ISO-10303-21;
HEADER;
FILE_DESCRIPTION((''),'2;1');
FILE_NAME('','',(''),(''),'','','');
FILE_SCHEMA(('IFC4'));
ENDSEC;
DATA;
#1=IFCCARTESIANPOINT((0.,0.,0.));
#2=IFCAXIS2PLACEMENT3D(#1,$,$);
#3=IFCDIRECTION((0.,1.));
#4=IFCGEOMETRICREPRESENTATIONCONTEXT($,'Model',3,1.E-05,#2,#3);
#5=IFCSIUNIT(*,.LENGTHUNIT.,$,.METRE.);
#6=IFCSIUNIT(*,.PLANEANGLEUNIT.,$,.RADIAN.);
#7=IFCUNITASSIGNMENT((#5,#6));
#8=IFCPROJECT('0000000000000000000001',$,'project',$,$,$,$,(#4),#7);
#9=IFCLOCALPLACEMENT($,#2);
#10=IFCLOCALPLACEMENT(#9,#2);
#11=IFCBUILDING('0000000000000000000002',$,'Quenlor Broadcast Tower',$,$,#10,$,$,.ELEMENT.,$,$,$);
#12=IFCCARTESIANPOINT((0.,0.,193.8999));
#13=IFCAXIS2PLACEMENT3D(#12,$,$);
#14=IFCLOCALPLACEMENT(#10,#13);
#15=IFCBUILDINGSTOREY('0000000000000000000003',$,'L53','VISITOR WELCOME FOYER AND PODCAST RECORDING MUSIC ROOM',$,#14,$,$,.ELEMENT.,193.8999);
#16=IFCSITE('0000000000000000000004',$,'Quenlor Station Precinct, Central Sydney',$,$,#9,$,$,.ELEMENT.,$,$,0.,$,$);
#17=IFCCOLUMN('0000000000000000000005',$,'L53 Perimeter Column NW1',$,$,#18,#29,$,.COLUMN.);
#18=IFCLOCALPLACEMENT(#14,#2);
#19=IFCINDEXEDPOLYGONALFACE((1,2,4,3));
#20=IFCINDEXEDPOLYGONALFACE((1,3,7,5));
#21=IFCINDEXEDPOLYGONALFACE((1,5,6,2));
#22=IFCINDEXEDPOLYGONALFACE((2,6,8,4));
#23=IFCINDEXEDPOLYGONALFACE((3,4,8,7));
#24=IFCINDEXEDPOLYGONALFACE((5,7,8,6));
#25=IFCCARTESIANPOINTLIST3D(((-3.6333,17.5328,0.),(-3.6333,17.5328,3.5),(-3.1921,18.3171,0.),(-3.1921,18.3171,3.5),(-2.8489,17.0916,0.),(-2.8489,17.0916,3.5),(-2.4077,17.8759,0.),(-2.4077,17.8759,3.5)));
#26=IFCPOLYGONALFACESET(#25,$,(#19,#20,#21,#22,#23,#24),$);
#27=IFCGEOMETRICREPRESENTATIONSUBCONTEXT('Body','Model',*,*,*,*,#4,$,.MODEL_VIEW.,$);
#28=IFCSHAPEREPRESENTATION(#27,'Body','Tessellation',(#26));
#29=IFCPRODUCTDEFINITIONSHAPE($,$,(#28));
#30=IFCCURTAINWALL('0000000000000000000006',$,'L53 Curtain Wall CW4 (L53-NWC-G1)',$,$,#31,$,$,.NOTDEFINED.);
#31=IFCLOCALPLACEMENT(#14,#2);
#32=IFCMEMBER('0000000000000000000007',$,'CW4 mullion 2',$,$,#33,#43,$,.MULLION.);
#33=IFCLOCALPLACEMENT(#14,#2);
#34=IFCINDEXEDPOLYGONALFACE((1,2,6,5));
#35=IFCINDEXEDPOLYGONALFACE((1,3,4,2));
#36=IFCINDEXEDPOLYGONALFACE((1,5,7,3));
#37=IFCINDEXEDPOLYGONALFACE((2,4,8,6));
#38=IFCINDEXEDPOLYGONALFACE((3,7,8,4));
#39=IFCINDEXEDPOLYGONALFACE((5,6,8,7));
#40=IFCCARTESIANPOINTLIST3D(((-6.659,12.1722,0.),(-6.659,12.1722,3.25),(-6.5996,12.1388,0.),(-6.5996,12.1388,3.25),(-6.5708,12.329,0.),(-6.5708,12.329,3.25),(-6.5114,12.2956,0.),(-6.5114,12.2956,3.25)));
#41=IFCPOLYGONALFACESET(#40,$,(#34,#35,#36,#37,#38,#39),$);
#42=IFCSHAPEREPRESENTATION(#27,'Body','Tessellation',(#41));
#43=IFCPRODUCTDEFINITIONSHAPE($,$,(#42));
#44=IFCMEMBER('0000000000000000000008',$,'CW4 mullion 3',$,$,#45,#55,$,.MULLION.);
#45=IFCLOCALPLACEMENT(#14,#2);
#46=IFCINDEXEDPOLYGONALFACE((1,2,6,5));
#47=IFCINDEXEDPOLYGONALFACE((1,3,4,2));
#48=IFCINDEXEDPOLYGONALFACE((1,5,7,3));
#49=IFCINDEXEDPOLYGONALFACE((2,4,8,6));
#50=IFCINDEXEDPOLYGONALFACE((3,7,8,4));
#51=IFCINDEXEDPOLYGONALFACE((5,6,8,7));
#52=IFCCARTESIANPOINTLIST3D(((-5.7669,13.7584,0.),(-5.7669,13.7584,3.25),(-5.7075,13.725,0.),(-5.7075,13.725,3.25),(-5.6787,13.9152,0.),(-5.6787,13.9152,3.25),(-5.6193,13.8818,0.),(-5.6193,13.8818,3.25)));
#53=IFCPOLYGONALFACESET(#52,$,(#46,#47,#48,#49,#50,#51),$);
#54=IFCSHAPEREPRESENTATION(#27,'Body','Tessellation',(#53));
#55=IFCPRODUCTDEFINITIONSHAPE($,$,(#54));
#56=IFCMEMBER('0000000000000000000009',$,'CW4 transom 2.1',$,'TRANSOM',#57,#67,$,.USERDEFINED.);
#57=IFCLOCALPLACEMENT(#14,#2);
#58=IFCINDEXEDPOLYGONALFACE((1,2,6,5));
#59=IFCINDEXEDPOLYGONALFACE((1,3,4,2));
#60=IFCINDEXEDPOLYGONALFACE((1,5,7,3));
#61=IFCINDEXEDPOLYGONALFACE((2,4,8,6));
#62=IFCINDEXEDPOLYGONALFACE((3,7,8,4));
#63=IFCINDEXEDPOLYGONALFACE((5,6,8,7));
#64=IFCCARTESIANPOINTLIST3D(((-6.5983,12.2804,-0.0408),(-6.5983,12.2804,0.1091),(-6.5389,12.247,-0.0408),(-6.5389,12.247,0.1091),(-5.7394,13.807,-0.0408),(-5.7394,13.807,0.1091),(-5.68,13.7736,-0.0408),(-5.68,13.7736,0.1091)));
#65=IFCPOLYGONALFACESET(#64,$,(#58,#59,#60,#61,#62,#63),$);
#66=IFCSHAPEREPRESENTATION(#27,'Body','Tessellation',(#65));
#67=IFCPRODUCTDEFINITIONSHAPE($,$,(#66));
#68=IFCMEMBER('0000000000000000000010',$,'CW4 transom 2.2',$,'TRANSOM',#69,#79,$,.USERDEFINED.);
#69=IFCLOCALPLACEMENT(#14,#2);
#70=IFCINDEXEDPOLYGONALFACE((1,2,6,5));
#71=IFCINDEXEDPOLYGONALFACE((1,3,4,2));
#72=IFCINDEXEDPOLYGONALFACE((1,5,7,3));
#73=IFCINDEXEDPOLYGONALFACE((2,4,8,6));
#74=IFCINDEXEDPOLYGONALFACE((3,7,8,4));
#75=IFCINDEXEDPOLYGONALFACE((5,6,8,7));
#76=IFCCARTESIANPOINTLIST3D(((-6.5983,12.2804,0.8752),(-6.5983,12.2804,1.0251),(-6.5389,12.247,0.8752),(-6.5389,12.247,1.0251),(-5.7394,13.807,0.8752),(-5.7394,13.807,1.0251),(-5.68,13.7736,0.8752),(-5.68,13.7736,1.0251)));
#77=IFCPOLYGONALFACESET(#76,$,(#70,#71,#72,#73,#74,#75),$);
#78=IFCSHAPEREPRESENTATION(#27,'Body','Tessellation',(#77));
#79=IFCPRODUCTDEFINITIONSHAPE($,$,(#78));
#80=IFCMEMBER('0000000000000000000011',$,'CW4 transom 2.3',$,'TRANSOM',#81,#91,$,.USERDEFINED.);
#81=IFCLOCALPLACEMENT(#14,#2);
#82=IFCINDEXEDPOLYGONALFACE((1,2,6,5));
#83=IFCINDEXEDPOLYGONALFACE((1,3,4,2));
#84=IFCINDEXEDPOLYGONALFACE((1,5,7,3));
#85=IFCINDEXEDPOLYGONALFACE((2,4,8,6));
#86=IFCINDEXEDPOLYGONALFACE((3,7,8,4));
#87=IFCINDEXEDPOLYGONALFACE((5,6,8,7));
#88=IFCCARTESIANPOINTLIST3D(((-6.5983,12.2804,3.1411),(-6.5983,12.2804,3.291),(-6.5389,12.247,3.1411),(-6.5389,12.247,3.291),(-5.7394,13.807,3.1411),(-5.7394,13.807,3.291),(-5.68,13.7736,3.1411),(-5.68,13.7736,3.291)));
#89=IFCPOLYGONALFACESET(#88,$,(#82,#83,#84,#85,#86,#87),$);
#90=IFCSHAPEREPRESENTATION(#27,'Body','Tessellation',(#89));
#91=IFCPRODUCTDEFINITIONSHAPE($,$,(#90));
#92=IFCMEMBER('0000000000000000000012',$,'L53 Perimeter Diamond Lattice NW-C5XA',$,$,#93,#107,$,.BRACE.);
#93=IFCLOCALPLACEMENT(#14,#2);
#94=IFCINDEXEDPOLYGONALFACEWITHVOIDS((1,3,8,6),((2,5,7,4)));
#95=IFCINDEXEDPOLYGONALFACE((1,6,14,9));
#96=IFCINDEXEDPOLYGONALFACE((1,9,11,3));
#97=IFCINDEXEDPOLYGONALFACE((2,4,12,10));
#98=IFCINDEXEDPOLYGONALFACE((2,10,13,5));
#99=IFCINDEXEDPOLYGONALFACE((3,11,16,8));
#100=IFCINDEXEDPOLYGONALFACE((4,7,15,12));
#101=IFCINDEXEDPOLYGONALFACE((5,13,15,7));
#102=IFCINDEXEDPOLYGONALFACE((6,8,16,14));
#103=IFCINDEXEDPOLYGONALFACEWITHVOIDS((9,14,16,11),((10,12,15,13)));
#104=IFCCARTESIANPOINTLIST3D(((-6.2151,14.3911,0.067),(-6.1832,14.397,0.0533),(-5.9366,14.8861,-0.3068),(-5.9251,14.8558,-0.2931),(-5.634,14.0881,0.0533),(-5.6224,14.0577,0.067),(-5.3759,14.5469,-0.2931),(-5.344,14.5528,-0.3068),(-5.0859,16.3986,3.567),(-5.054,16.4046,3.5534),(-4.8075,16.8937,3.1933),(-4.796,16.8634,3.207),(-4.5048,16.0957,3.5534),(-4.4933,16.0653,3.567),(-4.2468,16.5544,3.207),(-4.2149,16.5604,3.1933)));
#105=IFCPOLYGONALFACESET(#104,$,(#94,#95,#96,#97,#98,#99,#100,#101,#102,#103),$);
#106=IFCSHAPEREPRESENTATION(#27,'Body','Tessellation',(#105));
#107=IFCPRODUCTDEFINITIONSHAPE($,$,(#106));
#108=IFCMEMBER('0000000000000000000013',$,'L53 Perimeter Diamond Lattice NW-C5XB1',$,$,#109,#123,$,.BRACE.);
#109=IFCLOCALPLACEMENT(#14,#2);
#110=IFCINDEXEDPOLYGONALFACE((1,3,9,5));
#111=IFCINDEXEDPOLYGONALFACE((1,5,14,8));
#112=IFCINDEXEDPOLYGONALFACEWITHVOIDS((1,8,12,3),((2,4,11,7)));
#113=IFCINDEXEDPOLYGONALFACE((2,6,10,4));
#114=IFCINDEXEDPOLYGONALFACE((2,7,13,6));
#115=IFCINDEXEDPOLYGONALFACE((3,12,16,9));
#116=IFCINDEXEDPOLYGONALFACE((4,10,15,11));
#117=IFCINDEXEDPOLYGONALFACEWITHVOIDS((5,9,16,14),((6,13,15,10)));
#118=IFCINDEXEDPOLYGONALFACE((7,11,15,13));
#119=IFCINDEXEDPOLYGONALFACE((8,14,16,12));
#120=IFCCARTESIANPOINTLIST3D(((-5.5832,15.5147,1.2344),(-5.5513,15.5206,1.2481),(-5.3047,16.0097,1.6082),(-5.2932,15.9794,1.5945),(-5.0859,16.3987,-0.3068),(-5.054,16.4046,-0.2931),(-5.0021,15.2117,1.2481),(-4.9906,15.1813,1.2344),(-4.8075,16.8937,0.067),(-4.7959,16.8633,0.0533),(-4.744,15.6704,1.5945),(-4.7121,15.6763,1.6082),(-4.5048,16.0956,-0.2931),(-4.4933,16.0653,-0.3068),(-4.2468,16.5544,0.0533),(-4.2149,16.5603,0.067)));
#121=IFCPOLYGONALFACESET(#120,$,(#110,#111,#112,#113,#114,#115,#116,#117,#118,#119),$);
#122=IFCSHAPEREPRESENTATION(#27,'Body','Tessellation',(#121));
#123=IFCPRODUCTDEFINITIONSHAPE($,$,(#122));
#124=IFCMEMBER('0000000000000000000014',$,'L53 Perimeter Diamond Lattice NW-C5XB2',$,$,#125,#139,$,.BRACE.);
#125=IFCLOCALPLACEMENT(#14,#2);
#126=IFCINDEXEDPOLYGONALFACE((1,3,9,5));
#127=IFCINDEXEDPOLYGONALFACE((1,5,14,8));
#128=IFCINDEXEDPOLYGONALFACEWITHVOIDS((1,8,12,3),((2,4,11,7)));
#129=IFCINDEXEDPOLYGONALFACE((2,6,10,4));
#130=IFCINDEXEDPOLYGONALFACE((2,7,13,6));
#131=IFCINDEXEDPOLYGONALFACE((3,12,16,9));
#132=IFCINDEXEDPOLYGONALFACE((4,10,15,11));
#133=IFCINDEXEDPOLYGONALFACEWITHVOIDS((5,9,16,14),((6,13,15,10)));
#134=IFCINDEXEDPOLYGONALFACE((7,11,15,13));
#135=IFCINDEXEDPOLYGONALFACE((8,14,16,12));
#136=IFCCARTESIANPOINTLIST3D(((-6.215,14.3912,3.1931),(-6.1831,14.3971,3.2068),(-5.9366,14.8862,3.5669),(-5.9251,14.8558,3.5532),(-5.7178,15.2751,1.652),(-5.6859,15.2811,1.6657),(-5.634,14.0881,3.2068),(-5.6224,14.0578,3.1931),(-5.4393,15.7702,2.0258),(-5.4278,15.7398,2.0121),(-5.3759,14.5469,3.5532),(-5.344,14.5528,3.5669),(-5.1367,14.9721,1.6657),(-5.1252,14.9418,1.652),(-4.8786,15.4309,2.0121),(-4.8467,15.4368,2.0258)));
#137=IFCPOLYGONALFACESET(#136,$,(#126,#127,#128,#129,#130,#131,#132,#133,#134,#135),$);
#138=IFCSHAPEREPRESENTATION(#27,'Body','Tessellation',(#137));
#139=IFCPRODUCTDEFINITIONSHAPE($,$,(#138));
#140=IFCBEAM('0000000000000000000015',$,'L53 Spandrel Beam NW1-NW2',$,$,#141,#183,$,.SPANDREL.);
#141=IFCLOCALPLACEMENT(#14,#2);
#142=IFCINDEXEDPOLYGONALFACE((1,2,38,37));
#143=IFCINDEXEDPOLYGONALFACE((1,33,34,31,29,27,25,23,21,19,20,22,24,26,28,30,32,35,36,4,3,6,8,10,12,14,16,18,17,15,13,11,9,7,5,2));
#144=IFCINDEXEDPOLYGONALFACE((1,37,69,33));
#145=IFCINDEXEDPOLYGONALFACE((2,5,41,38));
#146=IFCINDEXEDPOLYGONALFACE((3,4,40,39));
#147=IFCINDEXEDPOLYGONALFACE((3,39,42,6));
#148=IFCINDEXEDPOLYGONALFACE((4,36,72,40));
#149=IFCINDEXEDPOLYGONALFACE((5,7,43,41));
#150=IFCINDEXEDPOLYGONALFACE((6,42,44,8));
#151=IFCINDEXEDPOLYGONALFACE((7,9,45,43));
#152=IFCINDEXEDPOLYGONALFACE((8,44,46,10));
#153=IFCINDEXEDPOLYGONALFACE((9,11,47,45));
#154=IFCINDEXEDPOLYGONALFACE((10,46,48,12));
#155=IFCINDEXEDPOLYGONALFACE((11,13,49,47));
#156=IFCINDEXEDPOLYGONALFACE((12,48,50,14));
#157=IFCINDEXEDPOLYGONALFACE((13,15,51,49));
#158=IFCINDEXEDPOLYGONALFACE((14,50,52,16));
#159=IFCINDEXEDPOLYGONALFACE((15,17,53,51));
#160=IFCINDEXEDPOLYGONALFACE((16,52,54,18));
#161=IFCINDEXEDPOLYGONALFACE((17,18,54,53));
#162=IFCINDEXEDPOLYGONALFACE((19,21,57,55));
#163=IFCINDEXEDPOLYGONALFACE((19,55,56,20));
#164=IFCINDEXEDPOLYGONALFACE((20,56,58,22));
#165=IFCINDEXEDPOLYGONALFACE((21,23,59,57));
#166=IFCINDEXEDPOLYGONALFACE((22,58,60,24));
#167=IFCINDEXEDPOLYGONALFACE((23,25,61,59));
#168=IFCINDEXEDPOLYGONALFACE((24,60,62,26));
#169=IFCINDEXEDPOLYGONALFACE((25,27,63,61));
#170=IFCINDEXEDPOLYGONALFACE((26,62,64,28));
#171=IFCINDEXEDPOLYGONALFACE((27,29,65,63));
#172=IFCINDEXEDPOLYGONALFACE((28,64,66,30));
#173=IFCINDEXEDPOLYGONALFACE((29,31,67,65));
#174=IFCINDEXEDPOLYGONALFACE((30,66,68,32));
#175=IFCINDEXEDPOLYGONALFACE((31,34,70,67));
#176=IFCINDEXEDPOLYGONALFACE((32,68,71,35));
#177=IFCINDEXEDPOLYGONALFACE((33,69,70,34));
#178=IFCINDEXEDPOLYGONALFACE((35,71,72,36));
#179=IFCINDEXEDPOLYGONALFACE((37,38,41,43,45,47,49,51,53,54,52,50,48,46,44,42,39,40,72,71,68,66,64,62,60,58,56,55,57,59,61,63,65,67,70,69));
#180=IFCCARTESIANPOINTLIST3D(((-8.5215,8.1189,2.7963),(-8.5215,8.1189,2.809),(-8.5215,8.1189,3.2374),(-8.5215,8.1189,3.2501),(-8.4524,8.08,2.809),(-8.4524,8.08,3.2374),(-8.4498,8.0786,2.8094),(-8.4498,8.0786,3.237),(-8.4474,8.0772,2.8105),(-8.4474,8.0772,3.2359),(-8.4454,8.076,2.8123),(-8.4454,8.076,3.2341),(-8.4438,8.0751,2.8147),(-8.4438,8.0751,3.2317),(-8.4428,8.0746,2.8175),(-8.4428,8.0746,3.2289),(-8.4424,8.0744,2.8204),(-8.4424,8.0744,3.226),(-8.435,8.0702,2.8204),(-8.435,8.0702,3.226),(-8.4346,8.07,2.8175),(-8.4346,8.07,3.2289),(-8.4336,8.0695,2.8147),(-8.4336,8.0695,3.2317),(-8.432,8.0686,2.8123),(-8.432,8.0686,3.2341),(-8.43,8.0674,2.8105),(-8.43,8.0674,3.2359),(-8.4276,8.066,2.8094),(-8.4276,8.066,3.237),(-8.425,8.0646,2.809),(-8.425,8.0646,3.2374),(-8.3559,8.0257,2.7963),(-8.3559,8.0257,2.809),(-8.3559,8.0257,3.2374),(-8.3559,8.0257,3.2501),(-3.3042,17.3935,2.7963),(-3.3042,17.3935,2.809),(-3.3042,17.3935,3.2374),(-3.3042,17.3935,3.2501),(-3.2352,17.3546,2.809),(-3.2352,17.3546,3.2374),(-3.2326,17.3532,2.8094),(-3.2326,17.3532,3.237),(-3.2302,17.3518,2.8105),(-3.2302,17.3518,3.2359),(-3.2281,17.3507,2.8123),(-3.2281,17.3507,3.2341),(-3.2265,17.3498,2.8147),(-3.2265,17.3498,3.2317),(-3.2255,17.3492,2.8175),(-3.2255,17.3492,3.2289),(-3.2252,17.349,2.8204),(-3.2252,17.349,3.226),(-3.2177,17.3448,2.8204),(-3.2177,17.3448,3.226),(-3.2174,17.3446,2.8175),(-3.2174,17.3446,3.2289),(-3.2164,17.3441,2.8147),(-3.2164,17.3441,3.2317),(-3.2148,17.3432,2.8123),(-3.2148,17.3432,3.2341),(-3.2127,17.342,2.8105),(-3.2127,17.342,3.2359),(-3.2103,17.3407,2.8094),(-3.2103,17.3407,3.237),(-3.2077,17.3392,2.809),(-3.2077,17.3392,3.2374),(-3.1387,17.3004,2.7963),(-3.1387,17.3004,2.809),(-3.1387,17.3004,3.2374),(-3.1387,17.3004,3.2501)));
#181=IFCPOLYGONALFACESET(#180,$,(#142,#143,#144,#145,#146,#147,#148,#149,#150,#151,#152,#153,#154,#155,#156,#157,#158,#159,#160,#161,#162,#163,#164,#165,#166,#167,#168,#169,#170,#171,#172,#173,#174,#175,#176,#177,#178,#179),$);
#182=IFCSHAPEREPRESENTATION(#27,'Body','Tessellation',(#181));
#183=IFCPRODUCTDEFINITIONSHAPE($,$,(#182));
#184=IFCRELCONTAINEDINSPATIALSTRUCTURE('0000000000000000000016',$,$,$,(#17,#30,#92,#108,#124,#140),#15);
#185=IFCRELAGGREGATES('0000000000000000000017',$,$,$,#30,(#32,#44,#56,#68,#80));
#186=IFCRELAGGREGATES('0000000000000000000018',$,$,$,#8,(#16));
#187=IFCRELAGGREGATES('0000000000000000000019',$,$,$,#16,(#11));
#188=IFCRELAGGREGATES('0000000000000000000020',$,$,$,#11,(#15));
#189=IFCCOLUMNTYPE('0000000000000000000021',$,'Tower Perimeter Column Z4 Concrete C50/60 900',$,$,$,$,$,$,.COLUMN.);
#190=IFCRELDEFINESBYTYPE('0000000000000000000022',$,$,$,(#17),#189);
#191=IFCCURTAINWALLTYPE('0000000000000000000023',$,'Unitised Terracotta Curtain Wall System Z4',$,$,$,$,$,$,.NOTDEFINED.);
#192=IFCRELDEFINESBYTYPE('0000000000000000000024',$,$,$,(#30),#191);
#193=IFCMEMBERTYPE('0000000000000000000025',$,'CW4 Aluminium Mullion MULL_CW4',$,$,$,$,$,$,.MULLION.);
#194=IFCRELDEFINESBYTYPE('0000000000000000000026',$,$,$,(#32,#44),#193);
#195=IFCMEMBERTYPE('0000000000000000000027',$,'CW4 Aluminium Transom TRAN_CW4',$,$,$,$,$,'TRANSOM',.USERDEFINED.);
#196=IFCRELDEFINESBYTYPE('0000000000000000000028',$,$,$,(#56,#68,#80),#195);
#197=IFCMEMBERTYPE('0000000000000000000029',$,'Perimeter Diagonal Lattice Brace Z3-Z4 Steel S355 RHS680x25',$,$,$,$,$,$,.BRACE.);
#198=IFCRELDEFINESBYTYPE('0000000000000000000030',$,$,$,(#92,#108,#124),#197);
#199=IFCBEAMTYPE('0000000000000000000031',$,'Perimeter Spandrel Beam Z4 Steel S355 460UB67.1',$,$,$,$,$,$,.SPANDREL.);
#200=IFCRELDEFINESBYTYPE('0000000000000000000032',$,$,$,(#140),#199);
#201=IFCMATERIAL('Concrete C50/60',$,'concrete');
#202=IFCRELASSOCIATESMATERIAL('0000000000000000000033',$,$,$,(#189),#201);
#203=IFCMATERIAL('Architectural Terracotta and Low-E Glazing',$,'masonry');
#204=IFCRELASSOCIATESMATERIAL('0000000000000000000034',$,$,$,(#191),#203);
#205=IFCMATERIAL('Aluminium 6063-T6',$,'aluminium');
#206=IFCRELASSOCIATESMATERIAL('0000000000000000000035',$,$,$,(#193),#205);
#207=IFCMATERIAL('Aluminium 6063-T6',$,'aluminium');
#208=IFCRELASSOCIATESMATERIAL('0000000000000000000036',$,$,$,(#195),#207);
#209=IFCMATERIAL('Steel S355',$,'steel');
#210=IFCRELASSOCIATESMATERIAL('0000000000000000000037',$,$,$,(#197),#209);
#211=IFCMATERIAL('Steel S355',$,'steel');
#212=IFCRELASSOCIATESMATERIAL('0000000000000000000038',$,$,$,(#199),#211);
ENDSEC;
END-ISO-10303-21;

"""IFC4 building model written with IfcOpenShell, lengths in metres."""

from ifc_helpers import new_model, si_unit, direction, frame, origin, origin_2d, place, context, subcontext, project, spatial, rectangle, hollow_rectangle, i_section, extrude, material, material_profile, profile_set, type_object, element, aggregate, save


model = new_model("IFC4")

# Units and contexts
model_context = context("Model", 3, precision=1e-05, world=origin(), true_north=direction((0.0, 1.0)))
body_context = subcontext(model_context, "Body", "Model", "MODEL_VIEW")
ifc_project = project(units=[si_unit("LENGTHUNIT", "METRE"), si_unit("PLANEANGLEUNIT", "RADIAN")], contexts=[model_context])

# Site, building, storey
site_placement = place(None, origin())
site = spatial("IfcSite", under=ifc_project, at=site_placement, Name="Quenlor Station Precinct, Central Sydney", CompositionType="ELEMENT", RefElevation=0.0)
building_placement = place(site_placement, origin())
building = spatial("IfcBuilding", under=site, at=building_placement, Name="Quenlor Broadcast Tower", CompositionType="ELEMENT")
storey_placement = place(building_placement, frame((0.0, 0.0, 193.8999)))
storey = spatial("IfcBuildingStorey", under=building, at=storey_placement, Name="L53", Description="VISITOR WELCOME FOYER AND PODCAST RECORDING MUSIC ROOM", CompositionType="ELEMENT", Elevation=193.8999)

# Column
ifc_material_1 = material(Name="Concrete C50/60", Category="concrete")
ifc_material_profile_1 = material_profile(ifc_material_1, rectangle(XDim=0.8999, YDim=0.8999, at=origin_2d()))
ifc_profile_set_1 = profile_set([ifc_material_profile_1], Name="Concrete C50/60 RC900x900")
column_type = type_object("IfcColumnType", Name="Tower Perimeter Column Z4 Concrete C50/60 900", PredefinedType="COLUMN", material=ifc_profile_set_1)
column_placement = place(storey_placement, frame((-3.0205, 17.7043, 0.0), z_axis=(0.0, 0.0, 1.0), x_axis=(-0.871575, 0.490262, 0.0)))
element("IfcColumn", 1, at=column_placement, inside=storey, type_object=column_type, Name="L53 Perimeter Column NW1", PredefinedType="COLUMN", context=body_context, shape_type="SweptSolid", body=[
    extrude(rectangle(XDim=0.8999, YDim=0.8999, at=origin_2d()), origin(), (0.0, 0.0, 1.0), 3.5),
])

# Curtain wall, members
ifc_material_2 = material(Name="Architectural Terracotta and Low-E Glazing", Category="masonry")
curtain_wall_type = type_object("IfcCurtainWallType", Name="Unitised Terracotta Curtain Wall System Z4", PredefinedType="NOTDEFINED", material=ifc_material_2)
curtain_wall_placement = place(storey_placement, origin())
curtain_wall = element("IfcCurtainWall", 2, at=curtain_wall_placement, inside=storey, type_object=curtain_wall_type, Name="L53 Curtain Wall CW4 (L53-NWC-G1)", PredefinedType="NOTDEFINED")
ifc_material_3 = material(Name="Aluminium 6063-T6", Category="aluminium")
ifc_material_profile_2 = material_profile(ifc_material_3, rectangle(XDim=0.0681, YDim=0.1799, at=origin_2d()))
ifc_profile_set_2 = profile_set([ifc_material_profile_2], Name="Aluminium 6063-T6 MULL68x180")
member_type_1 = type_object("IfcMemberType", Name="CW4 Aluminium Mullion MULL_CW4", PredefinedType="MULLION", material=ifc_profile_set_2)
member_1_placement = place(storey_placement, frame((-6.5852, 12.2339, 0.0), z_axis=(0.0, 0.0, 1.0), x_axis=(-0.871576, 0.49026, 0.0)))
member_1 = element("IfcMember", 3, at=member_1_placement, type_object=member_type_1, Name="CW4 mullion 2", PredefinedType="MULLION", context=body_context, shape_type="SweptSolid", body=[
    extrude(rectangle(XDim=0.0681, YDim=0.1799, at=origin_2d()), origin(), (0.0, 0.0, 1.0), 3.25),
])
member_2_placement = place(storey_placement, frame((-5.6931, 13.8201, 0.0), z_axis=(0.0, 0.0, 1.0), x_axis=(-0.871576, 0.49026, 0.0)))
member_2 = element("IfcMember", 4, at=member_2_placement, type_object=member_type_1, Name="CW4 mullion 3", PredefinedType="MULLION", context=body_context, shape_type="SweptSolid", body=[
    extrude(rectangle(XDim=0.0681, YDim=0.1799, at=origin_2d()), origin(), (0.0, 0.0, 1.0), 3.25),
])
ifc_material_4 = material(Name="Aluminium 6063-T6", Category="aluminium")
ifc_material_profile_3 = material_profile(ifc_material_4, rectangle(XDim=0.0681, YDim=0.1499, at=origin_2d()))
ifc_profile_set_3 = profile_set([ifc_material_profile_3], Name="Aluminium 6063-T6 TRAN68x150")
member_type_2 = type_object("IfcMemberType", Name="CW4 Aluminium Transom TRAN_CW4", ElementType="TRANSOM", PredefinedType="USERDEFINED", material=ifc_profile_set_3)
member_3_placement = place(storey_placement, frame((-6.5686, 12.2637, 0.0342), z_axis=(0.490334, 0.871535, 0.0), x_axis=(-0.871535, 0.490334, 0.0)))
member_3 = element("IfcMember", 5, at=member_3_placement, type_object=member_type_2, Name="CW4 transom 2.1", ObjectType="TRANSOM", PredefinedType="USERDEFINED", context=body_context, shape_type="SweptSolid", body=[
    extrude(rectangle(XDim=0.0681, YDim=0.1499, at=origin_2d()), origin(), (0.0, 0.0, 1.0), 1.7517),
])
member_4_placement = place(storey_placement, frame((-6.5686, 12.2637, 0.9502), z_axis=(0.490334, 0.871535, 0.0), x_axis=(-0.871535, 0.490334, 0.0)))
member_4 = element("IfcMember", 6, at=member_4_placement, type_object=member_type_2, Name="CW4 transom 2.2", ObjectType="TRANSOM", PredefinedType="USERDEFINED", context=body_context, shape_type="SweptSolid", body=[
    extrude(rectangle(XDim=0.0681, YDim=0.1499, at=origin_2d()), origin(), (0.0, 0.0, 1.0), 1.7517),
])
member_5_placement = place(storey_placement, frame((-6.5686, 12.2637, 3.2161), z_axis=(0.490334, 0.871535, 0.0), x_axis=(-0.871535, 0.490334, 0.0)))
member_5 = element("IfcMember", 7, at=member_5_placement, type_object=member_type_2, Name="CW4 transom 2.3", ObjectType="TRANSOM", PredefinedType="USERDEFINED", context=body_context, shape_type="SweptSolid", body=[
    extrude(rectangle(XDim=0.0681, YDim=0.1499, at=origin_2d()), origin(), (0.0, 0.0, 1.0), 1.7517),
])

# Members
ifc_material_5 = material(Name="Steel S355", Category="steel")
ifc_material_profile_4 = material_profile(ifc_material_5, hollow_rectangle(XDim=0.6799, YDim=0.6799, WallThickness=0.0249, at=origin_2d()))
ifc_profile_set_4 = profile_set([ifc_material_profile_4], Name="Steel S355 RHS680x680x25")
member_type_3 = type_object("IfcMemberType", Name="Perimeter Diagonal Lattice Brace Z3-Z4 Steel S355 RHS680x25", PredefinedType="BRACE", material=ifc_profile_set_4)
member_6_placement = place(storey_placement, frame((-5.7795, 14.4719, -0.1199), z_axis=(0.269493, 0.479144, 0.835341), x_axis=(-0.871595, 0.490226, 0.0)))
element("IfcMember", 8, at=member_6_placement, inside=storey, type_object=member_type_3, Name="L53 Perimeter Diamond Lattice NW-C5XA", PredefinedType="BRACE", context=body_context, shape_type="SweptSolid", body=[
    extrude(hollow_rectangle(XDim=0.6799, YDim=0.6799, WallThickness=0.0249, at=origin_2d()), origin(), (0.0, 0.0, 1.0), 4.1899),
])
for number, where, z_axis, x_axis, name in (
    (9, (-4.6504, 16.4795, -0.1199), (-0.269536, -0.47913, 0.835335), (0.871556, -0.490296, 0.0), "L53 Perimeter Diamond Lattice NW-C5XB1"),
    (10, (-5.2822, 15.356, 1.8389), (-0.269536, -0.47913, 0.835335), (0.871556, -0.490296, 0.0), "L53 Perimeter Diamond Lattice NW-C5XB2"),
):
    element("IfcMember", number, at=place(storey_placement, frame(where, z_axis=z_axis, x_axis=x_axis)), inside=storey, type_object=member_type_3, Name=name, PredefinedType="BRACE", context=body_context, shape_type="SweptSolid", body=[
        extrude(hollow_rectangle(XDim=0.6799, YDim=0.6799, WallThickness=0.0249, at=origin_2d()), origin(), (0.0, 0.0, 1.0), 1.845),
    ])

# Beam
ifc_material_6 = material(Name="Steel S355", Category="steel")
ifc_material_profile_5 = material_profile(ifc_material_6, i_section(OverallWidth=0.1899, OverallDepth=0.4539, WebThickness=0.0085, FlangeThickness=0.0127, FilletRadius=0.0115, at=origin_2d()))
ifc_profile_set_5 = profile_set([ifc_material_profile_5], Name="Steel S355 460UB67.1")
beam_type_1 = type_object("IfcBeamType", Name="Perimeter Spandrel Beam Z4 Steel S355 460UB67.1", PredefinedType="SPANDREL", material=ifc_profile_set_5)
beam_1_placement = place(storey_placement, frame((-3.2214, 17.3469, 3.0232), z_axis=(-0.490282, -0.871564, 0.0), x_axis=(0.871564, -0.490282, 0.0)))
element("IfcBeam", 11, at=beam_1_placement, inside=storey, type_object=beam_type_1, Name="L53 Spandrel Beam NW1-NW2", PredefinedType="SPANDREL", context=body_context, shape_type="SweptSolid", body=[
    extrude(i_section(OverallWidth=0.1899, OverallDepth=0.4539, WebThickness=0.0085, FlangeThickness=0.0127, FilletRadius=0.0115, at=origin_2d()), origin(), (0.0, 0.0, 1.0), 10.6414),
])

aggregate(curtain_wall, [member_1, member_2, member_3, member_4, member_5])

save(model, "model.ifc")
